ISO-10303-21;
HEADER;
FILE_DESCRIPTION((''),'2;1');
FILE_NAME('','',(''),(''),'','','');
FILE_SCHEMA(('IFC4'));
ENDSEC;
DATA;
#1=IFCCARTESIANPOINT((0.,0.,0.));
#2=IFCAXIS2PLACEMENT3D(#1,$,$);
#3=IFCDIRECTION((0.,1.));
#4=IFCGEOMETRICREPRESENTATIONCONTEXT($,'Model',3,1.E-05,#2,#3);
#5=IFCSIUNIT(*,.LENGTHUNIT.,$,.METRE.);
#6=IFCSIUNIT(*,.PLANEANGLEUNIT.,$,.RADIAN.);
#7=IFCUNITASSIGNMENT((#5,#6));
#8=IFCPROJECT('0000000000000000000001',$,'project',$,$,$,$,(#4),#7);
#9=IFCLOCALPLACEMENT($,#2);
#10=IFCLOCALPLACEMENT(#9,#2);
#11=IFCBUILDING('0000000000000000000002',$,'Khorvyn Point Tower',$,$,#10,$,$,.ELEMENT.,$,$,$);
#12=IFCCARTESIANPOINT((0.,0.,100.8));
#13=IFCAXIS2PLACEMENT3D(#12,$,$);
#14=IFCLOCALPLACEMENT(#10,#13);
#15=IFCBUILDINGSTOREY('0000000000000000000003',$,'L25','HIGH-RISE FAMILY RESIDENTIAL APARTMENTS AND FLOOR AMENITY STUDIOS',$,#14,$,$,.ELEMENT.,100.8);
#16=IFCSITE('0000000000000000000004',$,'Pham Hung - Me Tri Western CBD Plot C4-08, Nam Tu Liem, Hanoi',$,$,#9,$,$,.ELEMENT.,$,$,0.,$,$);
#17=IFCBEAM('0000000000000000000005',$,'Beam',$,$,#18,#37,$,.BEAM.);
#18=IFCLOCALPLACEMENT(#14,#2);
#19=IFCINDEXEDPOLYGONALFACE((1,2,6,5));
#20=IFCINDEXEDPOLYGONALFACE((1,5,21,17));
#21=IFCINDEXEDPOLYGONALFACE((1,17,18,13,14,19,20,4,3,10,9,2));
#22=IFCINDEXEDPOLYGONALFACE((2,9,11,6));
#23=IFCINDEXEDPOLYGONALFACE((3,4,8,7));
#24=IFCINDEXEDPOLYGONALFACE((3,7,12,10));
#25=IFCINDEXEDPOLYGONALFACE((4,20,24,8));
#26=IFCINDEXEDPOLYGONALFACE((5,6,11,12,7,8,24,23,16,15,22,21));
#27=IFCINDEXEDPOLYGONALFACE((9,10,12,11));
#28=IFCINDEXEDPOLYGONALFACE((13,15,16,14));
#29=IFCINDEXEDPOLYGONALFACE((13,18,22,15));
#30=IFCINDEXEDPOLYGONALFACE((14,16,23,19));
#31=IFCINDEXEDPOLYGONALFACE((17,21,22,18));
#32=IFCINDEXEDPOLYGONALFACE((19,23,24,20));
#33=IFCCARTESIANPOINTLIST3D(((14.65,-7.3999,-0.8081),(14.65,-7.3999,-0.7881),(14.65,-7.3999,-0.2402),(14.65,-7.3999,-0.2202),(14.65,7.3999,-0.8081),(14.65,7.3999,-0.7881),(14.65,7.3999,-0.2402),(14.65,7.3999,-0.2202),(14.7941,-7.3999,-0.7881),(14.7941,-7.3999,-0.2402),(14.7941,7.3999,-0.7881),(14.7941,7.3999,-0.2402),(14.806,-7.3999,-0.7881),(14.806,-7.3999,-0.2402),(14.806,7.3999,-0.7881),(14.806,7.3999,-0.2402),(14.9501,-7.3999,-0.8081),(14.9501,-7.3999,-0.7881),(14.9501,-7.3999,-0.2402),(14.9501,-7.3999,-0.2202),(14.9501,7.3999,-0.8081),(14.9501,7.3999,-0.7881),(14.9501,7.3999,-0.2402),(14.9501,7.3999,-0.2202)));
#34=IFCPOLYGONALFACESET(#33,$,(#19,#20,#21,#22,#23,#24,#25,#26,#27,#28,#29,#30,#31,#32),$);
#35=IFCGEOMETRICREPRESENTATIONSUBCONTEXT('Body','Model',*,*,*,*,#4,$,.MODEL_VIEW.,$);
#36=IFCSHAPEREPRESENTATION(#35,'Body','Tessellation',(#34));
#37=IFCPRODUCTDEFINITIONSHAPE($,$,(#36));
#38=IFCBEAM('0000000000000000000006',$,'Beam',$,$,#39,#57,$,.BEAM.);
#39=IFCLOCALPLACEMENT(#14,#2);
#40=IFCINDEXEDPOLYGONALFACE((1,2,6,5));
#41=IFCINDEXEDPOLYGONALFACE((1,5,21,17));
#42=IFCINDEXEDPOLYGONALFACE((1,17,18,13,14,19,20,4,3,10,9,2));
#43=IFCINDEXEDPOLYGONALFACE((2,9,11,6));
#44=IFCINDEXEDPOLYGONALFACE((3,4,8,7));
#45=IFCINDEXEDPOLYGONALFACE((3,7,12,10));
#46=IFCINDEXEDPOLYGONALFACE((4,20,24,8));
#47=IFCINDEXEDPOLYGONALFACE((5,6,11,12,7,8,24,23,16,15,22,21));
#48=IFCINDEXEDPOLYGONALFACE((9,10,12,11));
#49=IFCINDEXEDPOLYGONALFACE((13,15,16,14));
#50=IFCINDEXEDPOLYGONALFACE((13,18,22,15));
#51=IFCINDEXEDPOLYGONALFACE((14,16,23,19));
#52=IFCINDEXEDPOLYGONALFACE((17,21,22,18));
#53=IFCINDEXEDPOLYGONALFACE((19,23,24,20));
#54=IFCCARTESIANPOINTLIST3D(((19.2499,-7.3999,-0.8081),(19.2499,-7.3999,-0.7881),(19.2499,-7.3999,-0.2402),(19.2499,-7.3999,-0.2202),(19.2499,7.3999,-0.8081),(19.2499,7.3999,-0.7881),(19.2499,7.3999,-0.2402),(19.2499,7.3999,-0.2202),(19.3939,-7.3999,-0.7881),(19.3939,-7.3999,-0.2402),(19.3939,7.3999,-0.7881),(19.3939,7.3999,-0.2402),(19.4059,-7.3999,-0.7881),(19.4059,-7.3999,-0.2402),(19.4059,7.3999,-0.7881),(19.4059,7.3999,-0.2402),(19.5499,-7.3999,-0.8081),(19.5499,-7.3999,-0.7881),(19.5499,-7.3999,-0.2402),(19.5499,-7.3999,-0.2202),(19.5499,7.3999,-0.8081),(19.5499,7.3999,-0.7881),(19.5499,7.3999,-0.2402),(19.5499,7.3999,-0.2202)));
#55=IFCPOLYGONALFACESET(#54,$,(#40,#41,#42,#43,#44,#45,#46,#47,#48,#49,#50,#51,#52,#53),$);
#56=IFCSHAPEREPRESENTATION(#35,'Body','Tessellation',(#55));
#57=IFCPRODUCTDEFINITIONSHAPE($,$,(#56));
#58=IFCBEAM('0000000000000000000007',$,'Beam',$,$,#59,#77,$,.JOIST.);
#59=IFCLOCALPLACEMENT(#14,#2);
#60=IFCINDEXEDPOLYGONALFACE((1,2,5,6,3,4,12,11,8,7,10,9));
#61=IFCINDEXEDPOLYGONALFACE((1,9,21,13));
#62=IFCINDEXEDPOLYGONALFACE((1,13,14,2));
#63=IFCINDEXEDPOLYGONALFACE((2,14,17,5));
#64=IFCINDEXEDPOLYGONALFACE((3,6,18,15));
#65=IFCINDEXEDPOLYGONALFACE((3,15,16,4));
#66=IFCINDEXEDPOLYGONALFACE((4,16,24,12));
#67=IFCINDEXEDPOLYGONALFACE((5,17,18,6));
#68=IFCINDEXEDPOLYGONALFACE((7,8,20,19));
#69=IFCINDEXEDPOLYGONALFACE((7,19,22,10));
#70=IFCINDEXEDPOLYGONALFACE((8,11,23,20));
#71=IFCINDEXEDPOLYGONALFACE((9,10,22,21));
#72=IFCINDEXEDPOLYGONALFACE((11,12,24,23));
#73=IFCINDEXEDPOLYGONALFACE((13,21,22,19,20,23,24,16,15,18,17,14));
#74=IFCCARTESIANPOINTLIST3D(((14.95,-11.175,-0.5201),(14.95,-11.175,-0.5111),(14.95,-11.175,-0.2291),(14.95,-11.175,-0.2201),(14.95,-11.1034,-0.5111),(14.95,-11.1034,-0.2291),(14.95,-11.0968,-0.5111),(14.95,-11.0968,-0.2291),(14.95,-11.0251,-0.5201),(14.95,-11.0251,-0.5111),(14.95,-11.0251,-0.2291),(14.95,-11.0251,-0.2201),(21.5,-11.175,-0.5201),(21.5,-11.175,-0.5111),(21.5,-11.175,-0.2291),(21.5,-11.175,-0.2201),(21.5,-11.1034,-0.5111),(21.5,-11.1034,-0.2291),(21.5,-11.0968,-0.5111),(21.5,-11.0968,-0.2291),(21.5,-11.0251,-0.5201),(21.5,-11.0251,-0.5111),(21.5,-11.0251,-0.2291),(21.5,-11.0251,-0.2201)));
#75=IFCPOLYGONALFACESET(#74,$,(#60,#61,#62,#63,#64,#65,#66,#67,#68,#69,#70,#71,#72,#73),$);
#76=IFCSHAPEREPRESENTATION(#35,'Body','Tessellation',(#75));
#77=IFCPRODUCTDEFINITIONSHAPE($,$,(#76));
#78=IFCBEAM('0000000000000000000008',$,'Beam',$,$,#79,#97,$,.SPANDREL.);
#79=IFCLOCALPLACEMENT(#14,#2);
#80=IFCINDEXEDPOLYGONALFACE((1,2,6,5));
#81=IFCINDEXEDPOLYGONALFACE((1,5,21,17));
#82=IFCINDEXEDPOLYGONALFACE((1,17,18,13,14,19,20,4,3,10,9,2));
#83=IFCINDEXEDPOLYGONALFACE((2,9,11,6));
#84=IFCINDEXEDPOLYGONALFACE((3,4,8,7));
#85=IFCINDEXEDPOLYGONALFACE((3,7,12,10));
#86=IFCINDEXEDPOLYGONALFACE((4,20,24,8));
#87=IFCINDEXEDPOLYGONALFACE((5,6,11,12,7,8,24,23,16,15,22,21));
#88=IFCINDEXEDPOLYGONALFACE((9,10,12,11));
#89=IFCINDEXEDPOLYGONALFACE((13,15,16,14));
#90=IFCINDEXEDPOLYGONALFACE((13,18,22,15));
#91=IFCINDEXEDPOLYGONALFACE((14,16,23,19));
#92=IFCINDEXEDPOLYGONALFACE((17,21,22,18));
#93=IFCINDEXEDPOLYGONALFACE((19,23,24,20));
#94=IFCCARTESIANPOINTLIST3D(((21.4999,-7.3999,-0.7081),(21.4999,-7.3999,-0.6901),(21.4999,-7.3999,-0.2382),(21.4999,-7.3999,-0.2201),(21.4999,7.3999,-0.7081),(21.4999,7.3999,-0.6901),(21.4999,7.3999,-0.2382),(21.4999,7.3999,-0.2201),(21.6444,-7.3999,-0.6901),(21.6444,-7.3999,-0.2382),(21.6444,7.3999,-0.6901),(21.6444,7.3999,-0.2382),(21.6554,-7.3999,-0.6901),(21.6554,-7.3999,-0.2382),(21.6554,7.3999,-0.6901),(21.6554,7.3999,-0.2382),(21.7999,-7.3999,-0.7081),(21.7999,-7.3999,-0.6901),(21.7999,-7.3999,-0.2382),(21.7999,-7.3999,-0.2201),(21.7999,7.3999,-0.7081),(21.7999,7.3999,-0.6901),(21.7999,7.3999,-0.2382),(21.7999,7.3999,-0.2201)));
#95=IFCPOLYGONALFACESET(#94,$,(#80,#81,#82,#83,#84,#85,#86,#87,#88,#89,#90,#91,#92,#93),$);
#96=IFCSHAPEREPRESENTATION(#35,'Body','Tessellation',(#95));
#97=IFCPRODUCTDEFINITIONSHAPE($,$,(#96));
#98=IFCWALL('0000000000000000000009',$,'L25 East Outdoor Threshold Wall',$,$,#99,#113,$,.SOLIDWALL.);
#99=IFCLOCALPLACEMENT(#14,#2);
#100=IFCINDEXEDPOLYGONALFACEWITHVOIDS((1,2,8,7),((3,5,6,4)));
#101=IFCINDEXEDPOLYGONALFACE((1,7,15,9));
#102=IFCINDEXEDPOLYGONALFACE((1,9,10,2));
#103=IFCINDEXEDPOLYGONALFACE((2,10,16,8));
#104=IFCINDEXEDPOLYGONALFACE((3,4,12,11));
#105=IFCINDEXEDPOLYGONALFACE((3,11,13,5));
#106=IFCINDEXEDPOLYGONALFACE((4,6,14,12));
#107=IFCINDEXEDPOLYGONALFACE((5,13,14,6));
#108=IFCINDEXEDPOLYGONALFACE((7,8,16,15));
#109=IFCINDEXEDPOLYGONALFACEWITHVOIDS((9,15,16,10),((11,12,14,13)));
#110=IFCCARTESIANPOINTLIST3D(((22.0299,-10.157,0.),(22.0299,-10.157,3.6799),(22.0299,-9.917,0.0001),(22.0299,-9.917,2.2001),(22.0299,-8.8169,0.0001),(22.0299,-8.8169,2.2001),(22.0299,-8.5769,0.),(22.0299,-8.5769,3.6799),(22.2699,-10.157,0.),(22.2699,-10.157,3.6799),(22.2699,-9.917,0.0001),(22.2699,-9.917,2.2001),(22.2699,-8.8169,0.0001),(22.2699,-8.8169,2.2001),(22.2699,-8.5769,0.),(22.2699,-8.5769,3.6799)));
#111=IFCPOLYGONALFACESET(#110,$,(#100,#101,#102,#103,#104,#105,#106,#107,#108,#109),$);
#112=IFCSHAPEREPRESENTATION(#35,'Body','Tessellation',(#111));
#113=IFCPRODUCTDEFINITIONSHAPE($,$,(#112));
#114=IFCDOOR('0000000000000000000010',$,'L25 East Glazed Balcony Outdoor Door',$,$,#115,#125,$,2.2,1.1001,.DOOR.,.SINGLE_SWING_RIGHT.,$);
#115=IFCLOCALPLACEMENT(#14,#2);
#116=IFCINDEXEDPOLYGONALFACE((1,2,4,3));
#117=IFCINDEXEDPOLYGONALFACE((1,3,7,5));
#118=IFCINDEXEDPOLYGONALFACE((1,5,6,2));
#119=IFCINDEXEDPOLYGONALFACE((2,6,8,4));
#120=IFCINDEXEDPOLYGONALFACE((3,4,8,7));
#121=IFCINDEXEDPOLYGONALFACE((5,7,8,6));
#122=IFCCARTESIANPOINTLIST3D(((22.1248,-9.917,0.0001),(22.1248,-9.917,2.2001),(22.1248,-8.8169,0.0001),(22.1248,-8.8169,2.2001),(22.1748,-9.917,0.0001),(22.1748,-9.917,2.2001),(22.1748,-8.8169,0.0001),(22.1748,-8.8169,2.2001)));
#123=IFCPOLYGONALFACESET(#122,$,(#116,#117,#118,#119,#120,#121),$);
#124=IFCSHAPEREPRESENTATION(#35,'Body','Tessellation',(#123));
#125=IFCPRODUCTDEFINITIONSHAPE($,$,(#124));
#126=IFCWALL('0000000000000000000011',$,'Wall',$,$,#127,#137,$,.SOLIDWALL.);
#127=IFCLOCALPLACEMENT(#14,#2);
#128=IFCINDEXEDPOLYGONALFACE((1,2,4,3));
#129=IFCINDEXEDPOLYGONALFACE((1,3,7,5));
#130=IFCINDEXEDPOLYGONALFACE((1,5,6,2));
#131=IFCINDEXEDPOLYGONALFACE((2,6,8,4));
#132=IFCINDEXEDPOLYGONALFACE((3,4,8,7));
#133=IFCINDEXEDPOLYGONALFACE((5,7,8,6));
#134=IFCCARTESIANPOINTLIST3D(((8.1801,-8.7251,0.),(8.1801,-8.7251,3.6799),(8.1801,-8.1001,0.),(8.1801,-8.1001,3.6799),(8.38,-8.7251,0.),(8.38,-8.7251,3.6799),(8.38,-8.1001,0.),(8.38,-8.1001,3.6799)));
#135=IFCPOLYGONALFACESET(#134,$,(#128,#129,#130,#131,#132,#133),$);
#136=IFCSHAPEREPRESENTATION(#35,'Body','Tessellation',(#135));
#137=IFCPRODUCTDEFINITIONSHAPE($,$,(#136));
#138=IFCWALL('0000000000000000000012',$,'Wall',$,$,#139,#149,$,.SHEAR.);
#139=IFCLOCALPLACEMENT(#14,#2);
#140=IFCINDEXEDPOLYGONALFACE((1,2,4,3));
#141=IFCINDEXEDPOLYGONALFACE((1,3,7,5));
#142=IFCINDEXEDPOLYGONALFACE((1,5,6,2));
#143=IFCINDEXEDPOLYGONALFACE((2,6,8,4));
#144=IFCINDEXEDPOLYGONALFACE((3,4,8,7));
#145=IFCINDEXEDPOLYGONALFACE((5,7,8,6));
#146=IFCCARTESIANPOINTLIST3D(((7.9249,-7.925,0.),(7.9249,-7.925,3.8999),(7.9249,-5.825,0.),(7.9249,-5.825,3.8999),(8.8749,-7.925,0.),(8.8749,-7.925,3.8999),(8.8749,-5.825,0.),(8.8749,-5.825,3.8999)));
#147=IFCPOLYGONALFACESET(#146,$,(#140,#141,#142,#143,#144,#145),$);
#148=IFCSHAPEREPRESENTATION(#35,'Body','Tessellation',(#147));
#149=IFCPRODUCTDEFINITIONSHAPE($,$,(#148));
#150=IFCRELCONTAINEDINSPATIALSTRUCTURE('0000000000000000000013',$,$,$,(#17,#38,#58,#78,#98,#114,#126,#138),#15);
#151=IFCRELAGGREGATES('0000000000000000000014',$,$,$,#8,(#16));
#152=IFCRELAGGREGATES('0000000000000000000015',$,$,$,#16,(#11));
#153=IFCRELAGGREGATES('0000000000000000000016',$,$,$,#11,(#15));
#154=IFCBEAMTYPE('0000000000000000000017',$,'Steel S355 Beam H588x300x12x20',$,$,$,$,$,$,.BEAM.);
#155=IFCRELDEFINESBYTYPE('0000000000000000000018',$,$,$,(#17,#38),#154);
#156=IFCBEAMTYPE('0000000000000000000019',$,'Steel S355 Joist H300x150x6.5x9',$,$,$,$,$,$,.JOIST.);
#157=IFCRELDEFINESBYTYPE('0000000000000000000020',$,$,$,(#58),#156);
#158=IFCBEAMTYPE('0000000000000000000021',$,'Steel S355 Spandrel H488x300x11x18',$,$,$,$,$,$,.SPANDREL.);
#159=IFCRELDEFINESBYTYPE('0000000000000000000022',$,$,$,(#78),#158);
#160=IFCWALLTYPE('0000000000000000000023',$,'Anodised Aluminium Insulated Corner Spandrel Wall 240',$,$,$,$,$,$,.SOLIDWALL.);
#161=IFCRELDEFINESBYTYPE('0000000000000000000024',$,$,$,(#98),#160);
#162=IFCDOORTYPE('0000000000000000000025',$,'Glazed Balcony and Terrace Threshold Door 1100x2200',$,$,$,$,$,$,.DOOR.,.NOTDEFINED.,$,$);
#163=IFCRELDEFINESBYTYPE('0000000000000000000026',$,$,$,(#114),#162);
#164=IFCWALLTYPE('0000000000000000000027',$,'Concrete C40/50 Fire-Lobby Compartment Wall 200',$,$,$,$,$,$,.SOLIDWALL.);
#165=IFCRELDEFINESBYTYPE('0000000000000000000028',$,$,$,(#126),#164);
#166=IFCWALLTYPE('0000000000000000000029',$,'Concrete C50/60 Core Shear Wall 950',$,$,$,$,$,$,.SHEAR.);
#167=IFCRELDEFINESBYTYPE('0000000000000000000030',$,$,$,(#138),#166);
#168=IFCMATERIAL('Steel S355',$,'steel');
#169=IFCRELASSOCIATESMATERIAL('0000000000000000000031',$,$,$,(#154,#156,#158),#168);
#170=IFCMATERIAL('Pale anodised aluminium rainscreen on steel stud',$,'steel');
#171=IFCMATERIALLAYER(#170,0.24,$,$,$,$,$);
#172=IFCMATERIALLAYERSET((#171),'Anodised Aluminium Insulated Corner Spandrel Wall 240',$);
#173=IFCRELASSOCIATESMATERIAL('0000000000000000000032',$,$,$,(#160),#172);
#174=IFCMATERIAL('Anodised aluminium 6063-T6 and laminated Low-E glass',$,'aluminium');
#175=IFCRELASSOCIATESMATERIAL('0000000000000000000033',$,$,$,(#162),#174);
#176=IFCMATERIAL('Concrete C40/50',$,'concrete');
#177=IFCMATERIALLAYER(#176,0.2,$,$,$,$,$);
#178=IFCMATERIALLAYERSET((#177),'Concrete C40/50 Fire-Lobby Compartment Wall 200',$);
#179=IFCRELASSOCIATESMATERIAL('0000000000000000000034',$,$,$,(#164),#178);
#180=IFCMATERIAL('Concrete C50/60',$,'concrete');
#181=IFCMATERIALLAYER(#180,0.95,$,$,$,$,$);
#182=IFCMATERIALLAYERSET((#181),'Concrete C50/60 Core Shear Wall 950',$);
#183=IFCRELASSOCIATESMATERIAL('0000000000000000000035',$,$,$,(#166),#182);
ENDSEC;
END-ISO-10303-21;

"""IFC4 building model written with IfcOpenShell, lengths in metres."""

from ifc_helpers import new_model, si_unit, direction, frame, frame_2d, origin, origin_2d, place, context, subcontext, project, spatial, rectangle, i_section, extrude, material, layer, layer_set, material_profile, profile_set, type_object, element, fill, save


model = new_model("IFC4")

# Units and contexts
model_context = context("Model", 3, precision=1e-05, world=origin(), true_north=direction((0.0, 1.0)))
body_context = subcontext(model_context, "Body", "Model", "MODEL_VIEW")
ifc_project = project(units=[si_unit("LENGTHUNIT", "METRE"), si_unit("PLANEANGLEUNIT", "RADIAN")], contexts=[model_context])

# Site, building, storey
site_placement = place(None, origin())
site = spatial("IfcSite", under=ifc_project, at=site_placement, Name="Pham Hung - Me Tri Western CBD Plot C4-08, Nam Tu Liem, Hanoi", CompositionType="ELEMENT", RefElevation=0.0)
building_placement = place(site_placement, origin())
building = spatial("IfcBuilding", under=site, at=building_placement, Name="Khorvyn Point Tower", CompositionType="ELEMENT")
storey_placement = place(building_placement, frame((0.0, 0.0, 100.8)))
storey = spatial("IfcBuildingStorey", under=building, at=storey_placement, Name="L25", Description="HIGH-RISE FAMILY RESIDENTIAL APARTMENTS AND FLOOR AMENITY STUDIOS", CompositionType="ELEMENT", Elevation=100.8)

# Shared definitions
ifc_material_1 = material(Name="Concrete C50/60", Category="concrete")

# Shared definitions
ifc_material_2 = material(Name="Anodised aluminium 6063-T6 and laminated Low-E glass", Category="aluminium")

# Beams
ifc_material_3 = material(Name="Steel S355", Category="steel")
ifc_material_profile_1 = material_profile(ifc_material_3, i_section(OverallWidth=0.3, OverallDepth=0.5879, WebThickness=0.012, FlangeThickness=0.02, at=origin_2d()))
ifc_profile_set_1 = profile_set([ifc_material_profile_1], Name="Steel S355 H588x300x12x20")
beam_type_1 = type_object("IfcBeamType", Name="Steel S355 Beam H588x300x12x20", PredefinedType="BEAM", material=ifc_profile_set_1)
for number, where, z_axis, x_axis, name in (
    (1, (14.8, -7.3999, -0.5142), (0.0, 1.0, 0.0), (-1.0, 0.0, 0.0), "Beam"),
    (2, (19.3999, -7.3999, -0.5142), (0.0, 1.0, 0.0), (-1.0, 0.0, 0.0), "Beam"),
):
    element("IfcBeam", number, at=place(storey_placement, frame(where, z_axis=z_axis, x_axis=x_axis)), inside=storey, type_object=beam_type_1, Name=name, PredefinedType="BEAM", context=body_context, shape_type="SweptSolid", body=[
        extrude(i_section(OverallWidth=0.3, OverallDepth=0.5879, WebThickness=0.012, FlangeThickness=0.02, at=origin_2d()), origin(), (0.0, 0.0, 1.0), 14.7998),
    ])
ifc_material_profile_2 = material_profile(ifc_material_3, i_section(OverallWidth=0.1499, OverallDepth=0.3, WebThickness=0.0066, FlangeThickness=0.009, at=origin_2d()))
ifc_profile_set_2 = profile_set([ifc_material_profile_2], Name="Steel S355 H300x150x6.5x9")
beam_type_2 = type_object("IfcBeamType", Name="Steel S355 Joist H300x150x6.5x9", PredefinedType="JOIST", material=ifc_profile_set_2)
beam_1_placement = place(storey_placement, frame((14.95, -11.1001, -0.3701), z_axis=(1.0, 0.0, 0.0), x_axis=(0.0, 1.0, 0.0)))
element("IfcBeam", 3, at=beam_1_placement, inside=storey, type_object=beam_type_2, Name="Beam", PredefinedType="JOIST", context=body_context, shape_type="SweptSolid", body=[
    extrude(i_section(OverallWidth=0.1499, OverallDepth=0.3, WebThickness=0.0066, FlangeThickness=0.009, at=origin_2d()), origin(), (0.0, 0.0, 1.0), 6.55),
])
ifc_material_profile_3 = material_profile(ifc_material_3, i_section(OverallWidth=0.3, OverallDepth=0.488, WebThickness=0.011, FlangeThickness=0.0181, at=origin_2d()))
ifc_profile_set_3 = profile_set([ifc_material_profile_3], Name="Steel S355 H488x300x11x18")
beam_type_3 = type_object("IfcBeamType", Name="Steel S355 Spandrel H488x300x11x18", PredefinedType="SPANDREL", material=ifc_profile_set_3)
beam_2_placement = place(storey_placement, frame((21.6499, -7.3999, -0.4641), z_axis=(0.0, 1.0, 0.0), x_axis=(-1.0, 0.0, 0.0)))
element("IfcBeam", 4, at=beam_2_placement, inside=storey, type_object=beam_type_3, Name="Beam", PredefinedType="SPANDREL", context=body_context, shape_type="SweptSolid", body=[
    extrude(i_section(OverallWidth=0.3, OverallDepth=0.488, WebThickness=0.011, FlangeThickness=0.0181, at=origin_2d()), origin(), (0.0, 0.0, 1.0), 14.7998),
])

# Wall, opening, door
ifc_material_4 = material(Name="Pale anodised aluminium rainscreen on steel stud", Category="steel")
ifc_layer_1 = layer(ifc_material_4, 0.24)
ifc_layer_set_1 = layer_set([ifc_layer_1], Name="Anodised Aluminium Insulated Corner Spandrel Wall 240")
wall_type_1 = type_object("IfcWallType", Name="Anodised Aluminium Insulated Corner Spandrel Wall 240", PredefinedType="SOLIDWALL", material=ifc_layer_set_1)
wall_1_placement = place(storey_placement, frame((22.1499, -8.5769, 0.0), z_axis=(0.0, 0.0, 1.0), x_axis=(0.0, -1.0, 0.0)))
wall_1 = element("IfcWall", 5, at=wall_1_placement, inside=storey, type_object=wall_type_1, Name="L25 East Outdoor Threshold Wall", PredefinedType="SOLIDWALL", context=body_context, shape_type="SweptSolid", body=[
    extrude(rectangle(XDim=1.5801, YDim=0.24, at=frame_2d((0.79, 0.0))), origin(), (0.0, 0.0, 1.0), 3.6799),
])
opening_1_placement = place(wall_1_placement, frame((0.24, 0.0, 0.0)))
opening_1 = element("IfcOpeningElement", 6, at=opening_1_placement, cuts=wall_1, PredefinedType="OPENING", context=body_context, shape_type="SweptSolid", body=[
    extrude(rectangle(XDim=1.1001, YDim=2.2, at=frame_2d((0.55, 1.1001))), frame((0.0, 0.1299, 0.0), z_axis=(0.0, -1.0, 0.0), x_axis=(1.0, 0.0, 0.0)), (0.0, 0.0, 1.0), 0.26),
])
door_type_1 = type_object("IfcDoorType", Name="Glazed Balcony and Terrace Threshold Door 1100x2200", OperationType="NOTDEFINED", PredefinedType="DOOR", material=ifc_material_2)
door_1_placement = place(opening_1_placement, origin())
door_1 = element("IfcDoor", 7, at=door_1_placement, inside=storey, type_object=door_type_1, Name="L25 East Glazed Balcony Outdoor Door", OperationType="SINGLE_SWING_RIGHT", OverallHeight=2.2, OverallWidth=1.1001, PredefinedType="DOOR", context=body_context, shape_type="SweptSolid", body=[
    extrude(rectangle(XDim=1.1001, YDim=2.2, at=frame_2d((0.55, 1.1001))), frame((0.0, 0.0249, 0.0), z_axis=(0.0, -1.0, 0.0), x_axis=(1.0, 0.0, 0.0)), (0.0, 0.0, 1.0), 0.05),
])
fill(opening_1, door_1)

# Walls
ifc_material_5 = material(Name="Concrete C40/50", Category="concrete")
ifc_layer_2 = layer(ifc_material_5, 0.2)
ifc_layer_set_2 = layer_set([ifc_layer_2], Name="Concrete C40/50 Fire-Lobby Compartment Wall 200")
wall_type_2 = type_object("IfcWallType", Name="Concrete C40/50 Fire-Lobby Compartment Wall 200", PredefinedType="SOLIDWALL", material=ifc_layer_set_2)
wall_2_placement = place(storey_placement, frame((8.28, -8.7251, 0.0), z_axis=(0.0, 0.0, 1.0), x_axis=(0.0, 1.0, 0.0)))
element("IfcWall", 8, at=wall_2_placement, inside=storey, type_object=wall_type_2, Name="Wall", PredefinedType="SOLIDWALL", context=body_context, shape_type="SweptSolid", body=[
    extrude(rectangle(XDim=0.625, YDim=0.2, at=frame_2d((0.3125, 0.0))), origin(), (0.0, 0.0, 1.0), 3.6799),
])
ifc_layer_3 = layer(ifc_material_1, 0.95)
ifc_layer_set_3 = layer_set([ifc_layer_3], Name="Concrete C50/60 Core Shear Wall 950")
wall_type_3 = type_object("IfcWallType", Name="Concrete C50/60 Core Shear Wall 950", PredefinedType="SHEAR", material=ifc_layer_set_3)
wall_3_placement = place(storey_placement, frame((8.3999, -7.925, 0.0), z_axis=(0.0, 0.0, 1.0), x_axis=(0.0, 1.0, 0.0)))
element("IfcWall", 9, at=wall_3_placement, inside=storey, type_object=wall_type_3, Name="Wall", PredefinedType="SHEAR", context=body_context, shape_type="SweptSolid", body=[
    extrude(rectangle(XDim=2.1001, YDim=0.95, at=frame_2d((1.05, 0.0))), origin(), (0.0, 0.0, 1.0), 3.8999),
])

save(model, "model.ifc")
